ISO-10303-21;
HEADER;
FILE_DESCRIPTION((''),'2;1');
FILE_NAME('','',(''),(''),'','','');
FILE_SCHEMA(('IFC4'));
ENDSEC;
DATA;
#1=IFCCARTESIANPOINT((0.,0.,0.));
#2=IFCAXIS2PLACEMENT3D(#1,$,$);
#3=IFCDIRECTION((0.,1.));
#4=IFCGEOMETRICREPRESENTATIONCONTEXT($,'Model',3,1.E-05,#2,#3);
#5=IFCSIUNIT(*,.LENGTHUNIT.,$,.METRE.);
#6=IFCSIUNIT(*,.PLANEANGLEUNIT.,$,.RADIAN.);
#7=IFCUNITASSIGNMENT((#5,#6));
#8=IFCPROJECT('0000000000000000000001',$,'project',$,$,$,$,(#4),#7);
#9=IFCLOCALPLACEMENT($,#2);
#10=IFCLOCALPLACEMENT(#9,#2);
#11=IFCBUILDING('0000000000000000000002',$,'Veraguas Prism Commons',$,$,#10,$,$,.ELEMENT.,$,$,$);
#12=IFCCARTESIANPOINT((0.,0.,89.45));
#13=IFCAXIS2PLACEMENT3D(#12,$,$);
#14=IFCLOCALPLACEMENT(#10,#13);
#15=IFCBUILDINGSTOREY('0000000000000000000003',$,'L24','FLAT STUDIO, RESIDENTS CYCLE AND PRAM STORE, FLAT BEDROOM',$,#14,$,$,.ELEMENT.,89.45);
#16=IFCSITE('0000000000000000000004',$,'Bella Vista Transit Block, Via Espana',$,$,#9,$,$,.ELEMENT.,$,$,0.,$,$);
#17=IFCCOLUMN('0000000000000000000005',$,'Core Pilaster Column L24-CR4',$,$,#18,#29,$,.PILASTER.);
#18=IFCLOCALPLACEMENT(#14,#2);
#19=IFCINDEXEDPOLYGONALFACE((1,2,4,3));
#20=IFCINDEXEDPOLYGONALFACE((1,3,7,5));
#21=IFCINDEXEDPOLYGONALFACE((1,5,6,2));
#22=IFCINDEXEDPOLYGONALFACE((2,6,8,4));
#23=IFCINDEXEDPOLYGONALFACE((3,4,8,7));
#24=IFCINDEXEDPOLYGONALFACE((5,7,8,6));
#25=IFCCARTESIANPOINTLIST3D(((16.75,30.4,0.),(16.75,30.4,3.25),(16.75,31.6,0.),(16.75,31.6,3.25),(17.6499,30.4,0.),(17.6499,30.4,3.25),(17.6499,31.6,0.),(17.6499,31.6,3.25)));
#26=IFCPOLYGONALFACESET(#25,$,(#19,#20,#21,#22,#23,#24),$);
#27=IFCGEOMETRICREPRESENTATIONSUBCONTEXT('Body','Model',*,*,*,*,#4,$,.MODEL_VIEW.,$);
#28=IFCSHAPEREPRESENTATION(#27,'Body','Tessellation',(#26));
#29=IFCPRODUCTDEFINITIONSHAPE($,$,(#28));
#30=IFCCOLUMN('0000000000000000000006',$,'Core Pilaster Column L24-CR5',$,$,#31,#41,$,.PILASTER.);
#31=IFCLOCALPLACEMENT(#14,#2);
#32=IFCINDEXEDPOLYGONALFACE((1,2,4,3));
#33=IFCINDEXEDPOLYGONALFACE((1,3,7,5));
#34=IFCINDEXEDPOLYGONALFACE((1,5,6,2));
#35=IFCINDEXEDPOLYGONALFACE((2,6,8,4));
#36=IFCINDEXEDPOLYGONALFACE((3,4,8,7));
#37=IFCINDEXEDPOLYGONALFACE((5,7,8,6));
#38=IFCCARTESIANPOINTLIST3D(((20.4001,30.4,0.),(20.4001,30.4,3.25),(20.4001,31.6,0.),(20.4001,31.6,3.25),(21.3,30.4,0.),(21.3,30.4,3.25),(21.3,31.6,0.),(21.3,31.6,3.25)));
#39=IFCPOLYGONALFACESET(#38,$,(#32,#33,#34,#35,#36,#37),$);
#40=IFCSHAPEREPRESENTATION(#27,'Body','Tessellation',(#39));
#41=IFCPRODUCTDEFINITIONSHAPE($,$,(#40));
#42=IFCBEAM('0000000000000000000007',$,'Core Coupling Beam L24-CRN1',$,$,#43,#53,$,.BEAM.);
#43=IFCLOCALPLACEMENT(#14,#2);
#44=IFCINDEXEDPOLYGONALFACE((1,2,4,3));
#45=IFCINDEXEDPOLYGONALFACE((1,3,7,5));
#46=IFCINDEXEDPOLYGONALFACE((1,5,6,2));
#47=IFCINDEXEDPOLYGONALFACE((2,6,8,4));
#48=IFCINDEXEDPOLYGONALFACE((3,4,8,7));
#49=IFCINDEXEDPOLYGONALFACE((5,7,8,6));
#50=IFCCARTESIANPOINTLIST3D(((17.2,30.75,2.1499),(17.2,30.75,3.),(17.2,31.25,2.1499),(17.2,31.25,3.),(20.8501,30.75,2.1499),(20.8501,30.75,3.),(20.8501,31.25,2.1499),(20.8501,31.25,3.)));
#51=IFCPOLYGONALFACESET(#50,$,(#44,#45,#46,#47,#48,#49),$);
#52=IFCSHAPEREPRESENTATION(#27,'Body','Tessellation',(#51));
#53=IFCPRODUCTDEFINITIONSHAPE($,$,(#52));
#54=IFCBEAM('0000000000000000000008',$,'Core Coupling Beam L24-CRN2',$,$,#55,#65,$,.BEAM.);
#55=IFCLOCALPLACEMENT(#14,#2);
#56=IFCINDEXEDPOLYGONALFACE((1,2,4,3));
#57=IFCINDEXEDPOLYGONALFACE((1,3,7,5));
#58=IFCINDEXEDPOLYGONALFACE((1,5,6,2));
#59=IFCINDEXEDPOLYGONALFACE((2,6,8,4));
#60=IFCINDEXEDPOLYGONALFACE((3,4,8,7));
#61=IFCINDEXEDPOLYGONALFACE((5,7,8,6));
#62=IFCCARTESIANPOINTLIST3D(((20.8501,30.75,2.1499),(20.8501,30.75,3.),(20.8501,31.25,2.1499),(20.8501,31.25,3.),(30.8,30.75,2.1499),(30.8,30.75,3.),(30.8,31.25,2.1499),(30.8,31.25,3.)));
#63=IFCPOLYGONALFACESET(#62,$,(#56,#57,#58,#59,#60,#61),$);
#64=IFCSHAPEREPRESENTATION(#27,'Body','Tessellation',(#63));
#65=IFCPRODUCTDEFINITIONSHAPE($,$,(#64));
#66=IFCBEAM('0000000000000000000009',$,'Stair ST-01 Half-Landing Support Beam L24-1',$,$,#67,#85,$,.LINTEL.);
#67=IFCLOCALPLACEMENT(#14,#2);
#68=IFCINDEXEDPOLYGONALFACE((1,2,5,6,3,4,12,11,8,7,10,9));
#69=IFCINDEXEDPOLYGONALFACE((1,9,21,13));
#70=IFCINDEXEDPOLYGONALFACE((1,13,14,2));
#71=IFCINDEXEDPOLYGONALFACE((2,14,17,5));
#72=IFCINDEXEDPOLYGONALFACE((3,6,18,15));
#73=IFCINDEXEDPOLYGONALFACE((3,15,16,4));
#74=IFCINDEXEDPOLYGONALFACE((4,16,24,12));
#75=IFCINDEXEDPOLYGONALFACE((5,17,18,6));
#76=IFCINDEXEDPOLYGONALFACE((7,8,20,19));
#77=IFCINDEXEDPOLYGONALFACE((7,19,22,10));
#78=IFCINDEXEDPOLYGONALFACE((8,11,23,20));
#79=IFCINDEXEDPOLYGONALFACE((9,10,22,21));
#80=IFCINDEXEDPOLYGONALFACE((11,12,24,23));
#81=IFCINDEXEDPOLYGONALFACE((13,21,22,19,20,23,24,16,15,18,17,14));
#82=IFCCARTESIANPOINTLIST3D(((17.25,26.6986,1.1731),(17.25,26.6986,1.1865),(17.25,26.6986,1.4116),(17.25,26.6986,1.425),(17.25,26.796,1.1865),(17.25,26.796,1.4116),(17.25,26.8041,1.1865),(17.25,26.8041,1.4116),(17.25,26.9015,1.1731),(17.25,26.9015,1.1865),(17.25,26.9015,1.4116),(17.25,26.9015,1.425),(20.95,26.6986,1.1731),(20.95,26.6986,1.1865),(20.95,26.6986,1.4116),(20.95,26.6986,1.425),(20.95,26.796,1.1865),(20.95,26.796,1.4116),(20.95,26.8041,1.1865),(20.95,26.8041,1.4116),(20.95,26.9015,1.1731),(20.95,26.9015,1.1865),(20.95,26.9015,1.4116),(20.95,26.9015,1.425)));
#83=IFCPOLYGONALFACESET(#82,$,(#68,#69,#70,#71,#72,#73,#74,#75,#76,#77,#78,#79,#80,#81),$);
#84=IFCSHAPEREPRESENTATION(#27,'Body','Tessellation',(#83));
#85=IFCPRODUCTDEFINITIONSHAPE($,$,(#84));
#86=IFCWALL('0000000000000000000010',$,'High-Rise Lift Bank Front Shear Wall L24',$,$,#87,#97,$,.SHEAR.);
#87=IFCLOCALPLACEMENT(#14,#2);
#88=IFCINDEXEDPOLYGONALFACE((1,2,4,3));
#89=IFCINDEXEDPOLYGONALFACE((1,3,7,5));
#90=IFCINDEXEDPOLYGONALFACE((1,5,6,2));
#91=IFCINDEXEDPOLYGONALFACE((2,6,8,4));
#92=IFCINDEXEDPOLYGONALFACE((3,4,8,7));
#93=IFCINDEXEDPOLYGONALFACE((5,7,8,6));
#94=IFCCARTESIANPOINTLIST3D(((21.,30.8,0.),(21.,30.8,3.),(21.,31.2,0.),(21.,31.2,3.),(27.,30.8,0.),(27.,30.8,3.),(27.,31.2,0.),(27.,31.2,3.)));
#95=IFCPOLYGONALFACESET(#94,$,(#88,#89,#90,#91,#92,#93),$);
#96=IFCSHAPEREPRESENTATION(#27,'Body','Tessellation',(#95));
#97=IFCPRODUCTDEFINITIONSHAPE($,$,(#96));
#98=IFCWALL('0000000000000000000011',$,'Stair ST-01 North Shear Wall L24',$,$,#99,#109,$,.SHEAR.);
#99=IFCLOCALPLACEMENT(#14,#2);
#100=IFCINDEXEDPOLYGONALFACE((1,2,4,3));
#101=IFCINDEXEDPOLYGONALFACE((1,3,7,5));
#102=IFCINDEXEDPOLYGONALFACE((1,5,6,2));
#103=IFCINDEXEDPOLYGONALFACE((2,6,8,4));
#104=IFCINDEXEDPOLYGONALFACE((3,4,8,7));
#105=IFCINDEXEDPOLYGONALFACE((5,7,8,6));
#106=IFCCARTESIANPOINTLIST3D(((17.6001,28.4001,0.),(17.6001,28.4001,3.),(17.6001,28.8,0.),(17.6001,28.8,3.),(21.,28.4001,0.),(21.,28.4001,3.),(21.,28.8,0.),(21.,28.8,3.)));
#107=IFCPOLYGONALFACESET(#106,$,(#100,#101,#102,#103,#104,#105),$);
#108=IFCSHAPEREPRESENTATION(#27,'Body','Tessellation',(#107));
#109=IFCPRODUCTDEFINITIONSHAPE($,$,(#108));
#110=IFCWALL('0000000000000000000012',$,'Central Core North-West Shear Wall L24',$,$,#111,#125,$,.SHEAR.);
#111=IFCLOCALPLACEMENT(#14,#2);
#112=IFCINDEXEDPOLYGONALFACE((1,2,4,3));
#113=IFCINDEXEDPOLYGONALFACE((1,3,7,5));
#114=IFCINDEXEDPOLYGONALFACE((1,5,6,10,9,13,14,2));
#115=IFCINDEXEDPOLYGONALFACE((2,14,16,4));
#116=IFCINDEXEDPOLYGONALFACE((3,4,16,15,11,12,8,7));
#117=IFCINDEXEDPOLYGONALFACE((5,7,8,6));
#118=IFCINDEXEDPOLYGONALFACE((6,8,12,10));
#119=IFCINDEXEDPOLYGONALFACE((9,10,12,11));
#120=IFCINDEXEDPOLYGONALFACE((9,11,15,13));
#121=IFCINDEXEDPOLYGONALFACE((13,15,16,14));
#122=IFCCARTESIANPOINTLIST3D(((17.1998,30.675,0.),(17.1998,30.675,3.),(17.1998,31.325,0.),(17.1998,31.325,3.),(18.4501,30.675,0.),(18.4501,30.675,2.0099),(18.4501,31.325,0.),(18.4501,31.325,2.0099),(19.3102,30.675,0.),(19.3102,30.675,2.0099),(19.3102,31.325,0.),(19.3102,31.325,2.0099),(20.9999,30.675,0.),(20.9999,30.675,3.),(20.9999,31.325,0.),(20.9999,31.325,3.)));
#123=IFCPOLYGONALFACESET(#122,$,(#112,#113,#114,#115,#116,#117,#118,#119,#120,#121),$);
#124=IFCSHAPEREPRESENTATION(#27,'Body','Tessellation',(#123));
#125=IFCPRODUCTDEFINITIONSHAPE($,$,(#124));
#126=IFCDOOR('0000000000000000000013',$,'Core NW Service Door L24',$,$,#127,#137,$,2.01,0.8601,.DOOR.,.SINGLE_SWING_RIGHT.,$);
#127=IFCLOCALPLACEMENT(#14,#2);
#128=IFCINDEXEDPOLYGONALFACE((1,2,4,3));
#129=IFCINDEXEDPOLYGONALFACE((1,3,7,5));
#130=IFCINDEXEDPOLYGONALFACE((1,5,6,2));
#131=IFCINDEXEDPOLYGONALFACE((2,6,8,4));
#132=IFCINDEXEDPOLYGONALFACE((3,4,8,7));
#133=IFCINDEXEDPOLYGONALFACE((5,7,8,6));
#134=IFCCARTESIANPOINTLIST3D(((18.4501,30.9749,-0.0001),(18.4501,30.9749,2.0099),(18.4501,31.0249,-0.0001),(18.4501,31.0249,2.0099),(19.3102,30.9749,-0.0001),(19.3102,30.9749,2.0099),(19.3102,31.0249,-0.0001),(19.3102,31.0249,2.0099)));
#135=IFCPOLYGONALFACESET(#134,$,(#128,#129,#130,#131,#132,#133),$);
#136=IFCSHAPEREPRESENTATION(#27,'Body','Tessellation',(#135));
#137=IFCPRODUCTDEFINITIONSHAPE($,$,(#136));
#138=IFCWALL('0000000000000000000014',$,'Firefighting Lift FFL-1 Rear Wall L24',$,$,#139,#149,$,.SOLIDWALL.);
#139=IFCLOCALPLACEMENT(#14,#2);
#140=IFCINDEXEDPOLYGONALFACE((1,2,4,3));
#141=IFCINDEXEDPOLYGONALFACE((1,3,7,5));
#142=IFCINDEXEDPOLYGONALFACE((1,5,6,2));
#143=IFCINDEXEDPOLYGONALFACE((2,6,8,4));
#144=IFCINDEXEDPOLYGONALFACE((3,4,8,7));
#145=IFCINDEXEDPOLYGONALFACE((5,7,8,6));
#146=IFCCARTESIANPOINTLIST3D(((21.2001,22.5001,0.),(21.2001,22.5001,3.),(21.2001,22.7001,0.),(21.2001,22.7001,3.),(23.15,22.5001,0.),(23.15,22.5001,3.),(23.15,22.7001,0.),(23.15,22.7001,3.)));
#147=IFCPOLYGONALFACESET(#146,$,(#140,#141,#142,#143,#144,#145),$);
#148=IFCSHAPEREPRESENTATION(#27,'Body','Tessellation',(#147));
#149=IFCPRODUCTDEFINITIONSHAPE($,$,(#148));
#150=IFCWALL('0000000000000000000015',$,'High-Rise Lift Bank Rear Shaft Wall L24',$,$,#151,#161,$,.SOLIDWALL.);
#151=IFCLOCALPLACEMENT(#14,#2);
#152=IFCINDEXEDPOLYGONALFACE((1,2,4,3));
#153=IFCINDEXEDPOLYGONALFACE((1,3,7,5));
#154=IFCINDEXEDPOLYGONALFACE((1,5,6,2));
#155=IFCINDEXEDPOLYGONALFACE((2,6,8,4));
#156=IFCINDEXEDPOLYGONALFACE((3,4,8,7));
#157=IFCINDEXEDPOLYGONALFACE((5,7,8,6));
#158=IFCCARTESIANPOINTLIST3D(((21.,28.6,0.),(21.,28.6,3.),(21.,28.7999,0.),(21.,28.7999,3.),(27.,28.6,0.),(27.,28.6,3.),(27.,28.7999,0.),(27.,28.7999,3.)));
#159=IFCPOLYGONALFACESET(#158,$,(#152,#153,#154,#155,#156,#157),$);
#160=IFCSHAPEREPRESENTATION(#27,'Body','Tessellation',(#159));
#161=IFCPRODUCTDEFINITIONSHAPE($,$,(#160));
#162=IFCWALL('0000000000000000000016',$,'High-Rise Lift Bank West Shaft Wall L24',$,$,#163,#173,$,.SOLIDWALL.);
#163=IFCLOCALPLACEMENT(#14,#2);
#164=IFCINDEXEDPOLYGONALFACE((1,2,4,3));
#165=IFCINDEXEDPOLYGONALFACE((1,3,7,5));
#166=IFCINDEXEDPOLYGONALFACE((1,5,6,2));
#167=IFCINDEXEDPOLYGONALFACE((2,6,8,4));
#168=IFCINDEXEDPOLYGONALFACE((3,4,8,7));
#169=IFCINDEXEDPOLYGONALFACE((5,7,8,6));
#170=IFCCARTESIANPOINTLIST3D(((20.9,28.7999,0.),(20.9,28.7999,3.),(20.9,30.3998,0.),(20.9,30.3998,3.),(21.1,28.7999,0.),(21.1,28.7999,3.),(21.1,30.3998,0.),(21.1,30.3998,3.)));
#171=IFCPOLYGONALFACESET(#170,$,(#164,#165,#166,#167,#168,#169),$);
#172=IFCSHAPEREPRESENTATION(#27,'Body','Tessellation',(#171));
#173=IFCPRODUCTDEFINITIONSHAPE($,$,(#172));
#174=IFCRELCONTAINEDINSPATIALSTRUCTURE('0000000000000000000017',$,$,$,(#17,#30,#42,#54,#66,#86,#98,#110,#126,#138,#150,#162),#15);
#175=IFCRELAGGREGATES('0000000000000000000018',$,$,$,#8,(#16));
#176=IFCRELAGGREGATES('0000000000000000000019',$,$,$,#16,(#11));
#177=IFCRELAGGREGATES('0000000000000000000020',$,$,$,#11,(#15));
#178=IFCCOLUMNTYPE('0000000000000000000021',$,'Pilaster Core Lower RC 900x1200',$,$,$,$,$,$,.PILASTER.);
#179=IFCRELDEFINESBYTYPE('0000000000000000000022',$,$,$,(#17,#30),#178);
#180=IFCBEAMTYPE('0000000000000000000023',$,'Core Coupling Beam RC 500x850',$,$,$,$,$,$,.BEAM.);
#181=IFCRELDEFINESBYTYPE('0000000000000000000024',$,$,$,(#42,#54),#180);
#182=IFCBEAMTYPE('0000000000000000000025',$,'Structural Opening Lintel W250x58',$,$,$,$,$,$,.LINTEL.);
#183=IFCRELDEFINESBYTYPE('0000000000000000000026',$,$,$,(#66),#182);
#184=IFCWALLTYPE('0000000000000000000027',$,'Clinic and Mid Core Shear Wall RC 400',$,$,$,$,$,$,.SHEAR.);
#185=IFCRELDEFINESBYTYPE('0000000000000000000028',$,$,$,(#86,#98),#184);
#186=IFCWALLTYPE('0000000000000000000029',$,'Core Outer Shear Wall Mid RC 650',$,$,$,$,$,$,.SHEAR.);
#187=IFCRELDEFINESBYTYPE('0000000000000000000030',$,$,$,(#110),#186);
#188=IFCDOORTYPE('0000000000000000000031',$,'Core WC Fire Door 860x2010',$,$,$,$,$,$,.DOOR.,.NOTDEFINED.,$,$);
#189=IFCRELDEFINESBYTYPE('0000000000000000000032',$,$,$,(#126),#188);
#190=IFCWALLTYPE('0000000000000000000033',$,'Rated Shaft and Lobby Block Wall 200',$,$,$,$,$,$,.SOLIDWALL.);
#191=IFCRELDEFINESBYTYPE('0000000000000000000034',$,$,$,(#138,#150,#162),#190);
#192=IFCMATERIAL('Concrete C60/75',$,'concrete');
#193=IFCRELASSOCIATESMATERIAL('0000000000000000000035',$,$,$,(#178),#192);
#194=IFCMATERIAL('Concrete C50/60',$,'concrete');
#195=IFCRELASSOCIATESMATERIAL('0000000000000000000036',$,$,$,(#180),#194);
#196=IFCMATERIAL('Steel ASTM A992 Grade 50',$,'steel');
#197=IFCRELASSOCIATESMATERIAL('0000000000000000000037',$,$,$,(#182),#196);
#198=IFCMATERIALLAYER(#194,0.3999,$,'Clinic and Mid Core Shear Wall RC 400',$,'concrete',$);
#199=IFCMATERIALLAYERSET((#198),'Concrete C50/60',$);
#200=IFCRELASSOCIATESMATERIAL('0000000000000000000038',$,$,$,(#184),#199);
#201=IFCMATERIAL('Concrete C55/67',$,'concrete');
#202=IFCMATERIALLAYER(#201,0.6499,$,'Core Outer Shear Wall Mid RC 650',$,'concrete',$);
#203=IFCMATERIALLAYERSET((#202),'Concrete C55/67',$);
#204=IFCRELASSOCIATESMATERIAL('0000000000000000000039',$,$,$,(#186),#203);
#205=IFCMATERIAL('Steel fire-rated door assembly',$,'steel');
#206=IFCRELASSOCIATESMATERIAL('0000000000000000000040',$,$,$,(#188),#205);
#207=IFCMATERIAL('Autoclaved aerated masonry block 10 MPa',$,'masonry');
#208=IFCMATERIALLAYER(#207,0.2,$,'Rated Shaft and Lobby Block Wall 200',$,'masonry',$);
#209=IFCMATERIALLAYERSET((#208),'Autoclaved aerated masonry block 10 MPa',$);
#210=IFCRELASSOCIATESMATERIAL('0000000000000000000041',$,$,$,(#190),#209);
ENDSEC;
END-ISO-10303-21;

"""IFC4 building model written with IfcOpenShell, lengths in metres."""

from ifc_helpers import new_model, si_unit, direction, frame, frame_2d, origin, origin_2d, place, context, subcontext, project, spatial, rectangle, i_section, extrude, source, transform, mapped, material, layer, layer_set, material_profile, profile_set, type_object, element, fill, save


model = new_model("IFC4")

# Units and contexts
model_context = context("Model", 3, precision=1e-05, world=origin(), true_north=direction((0.0, 1.0)))
body_context = subcontext(model_context, "Body", "Model", "MODEL_VIEW")
ifc_project = project(units=[si_unit("LENGTHUNIT", "METRE"), si_unit("PLANEANGLEUNIT", "RADIAN")], contexts=[model_context])

# Site, building, storey
site_placement = place(None, origin())
site = spatial("IfcSite", under=ifc_project, at=site_placement, Name="Bella Vista Transit Block, Via Espana", CompositionType="ELEMENT", RefElevation=0.0)
building_placement = place(site_placement, origin())
building = spatial("IfcBuilding", under=site, at=building_placement, Name="Veraguas Prism Commons", CompositionType="ELEMENT")
storey_placement = place(building_placement, frame((0.0, 0.0, 89.45)))
storey = spatial("IfcBuildingStorey", under=building, at=storey_placement, Name="L24", Description="FLAT STUDIO, RESIDENTS CYCLE AND PRAM STORE, FLAT BEDROOM", CompositionType="ELEMENT", Elevation=89.45)

# Columns
ifc_material_1 = material(Name="Concrete C60/75", Category="concrete")
ifc_material_profile_1 = material_profile(ifc_material_1, rectangle(XDim=0.8999, YDim=1.2, at=origin_2d()), Name="RC900X1200")
ifc_profile_set_1 = profile_set([ifc_material_profile_1], Name="Concrete C60/75")
column_type = type_object("IfcColumnType", Name="Pilaster Core Lower RC 900x1200", PredefinedType="PILASTER", material=ifc_profile_set_1)
for number, where, z_axis, x_axis, name in (
    (1, (17.2, 31.0, 0.0), (0.0, 0.0, 1.0), (1.0, 0.0, 0.0), "Core Pilaster Column L24-CR4"),
    (2, (20.8501, 31.0, 0.0), (0.0, 0.0, 1.0), (1.0, 0.0, 0.0), "Core Pilaster Column L24-CR5"),
):
    element("IfcColumn", number, at=place(storey_placement, frame(where, z_axis=z_axis, x_axis=x_axis)), inside=storey, type_object=column_type, Name=name, PredefinedType="PILASTER", context=body_context, shape_type="SweptSolid", body=[
        extrude(rectangle(XDim=0.8999, YDim=1.2, at=origin_2d()), origin(), (0.0, 0.0, 1.0), 3.25),
    ])

# Beams
ifc_material_2 = material(Name="Concrete C50/60", Category="concrete")
ifc_material_profile_2 = material_profile(ifc_material_2, rectangle(XDim=0.5, YDim=0.8501, at=origin_2d()), Name="RC500X850")
ifc_profile_set_2 = profile_set([ifc_material_profile_2], Name="Concrete C50/60")
beam_type_1 = type_object("IfcBeamType", Name="Core Coupling Beam RC 500x850", PredefinedType="BEAM", material=ifc_profile_set_2)
beam_1_placement = place(storey_placement, frame((17.2, 31.0, 2.575), z_axis=(1.0, 0.0, 0.0), x_axis=(0.0, 1.0, 0.0)))
element("IfcBeam", 3, at=beam_1_placement, inside=storey, type_object=beam_type_1, Name="Core Coupling Beam L24-CRN1", PredefinedType="BEAM", context=body_context, shape_type="SweptSolid", body=[
    extrude(rectangle(XDim=0.5, YDim=0.8501, at=origin_2d()), origin(), (0.0, 0.0, 1.0), 3.6501),
])
beam_2_placement = place(storey_placement, frame((20.8501, 31.0, 2.575), z_axis=(1.0, 0.0, 0.0), x_axis=(0.0, 1.0, 0.0)))
element("IfcBeam", 4, at=beam_2_placement, inside=storey, type_object=beam_type_1, Name="Core Coupling Beam L24-CRN2", PredefinedType="BEAM", context=body_context, shape_type="SweptSolid", body=[
    extrude(rectangle(XDim=0.5, YDim=0.8501, at=origin_2d()), origin(), (0.0, 0.0, 1.0), 9.95),
])
ifc_material_3 = material(Name="Steel ASTM A992 Grade 50", Category="steel")
ifc_material_profile_3 = material_profile(ifc_material_3, i_section(OverallWidth=0.2029, OverallDepth=0.252, WebThickness=0.0081, FlangeThickness=0.0134, at=origin_2d()), Name="W250X58")
ifc_profile_set_3 = profile_set([ifc_material_profile_3], Name="Steel ASTM A992 Grade 50")
beam_type_2 = type_object("IfcBeamType", Name="Structural Opening Lintel W250x58", PredefinedType="LINTEL", material=ifc_profile_set_3)
beam_3_placement = place(storey_placement, frame((17.25, 26.8, 1.2991), z_axis=(1.0, 0.0, 0.0), x_axis=(0.0, 1.0, 0.0)))
element("IfcBeam", 5, at=beam_3_placement, inside=storey, type_object=beam_type_2, Name="Stair ST-01 Half-Landing Support Beam L24-1", PredefinedType="LINTEL", context=body_context, shape_type="SweptSolid", body=[
    extrude(i_section(OverallWidth=0.2029, OverallDepth=0.252, WebThickness=0.0081, FlangeThickness=0.0134, at=origin_2d()), origin(), (0.0, 0.0, 1.0), 3.7),
])

# Walls
ifc_layer_1 = layer(ifc_material_2, 0.3999, Name="Clinic and Mid Core Shear Wall RC 400", Category="concrete")
ifc_layer_set_1 = layer_set([ifc_layer_1], Name="Concrete C50/60")
wall_type_1 = type_object("IfcWallType", Name="Clinic and Mid Core Shear Wall RC 400", PredefinedType="SHEAR", material=ifc_layer_set_1)
wall_1_placement = place(storey_placement, frame((21.0, 31.0, 0.0), z_axis=(0.0, 0.0, 1.0), x_axis=(1.0, 0.0, 0.0)))
element("IfcWall", 6, at=wall_1_placement, inside=storey, type_object=wall_type_1, Name="High-Rise Lift Bank Front Shear Wall L24", PredefinedType="SHEAR", context=body_context, shape_type="SweptSolid", body=[
    extrude(rectangle(XDim=6.0, YDim=0.3999, at=frame_2d((3.0, 0.0))), origin(), (0.0, 0.0, 1.0), 3.0),
])
wall_2_placement = place(storey_placement, frame((17.6001, 28.6001, 0.0), z_axis=(0.0, 0.0, 1.0), x_axis=(1.0, 0.0, 0.0)))
element("IfcWall", 7, at=wall_2_placement, inside=storey, type_object=wall_type_1, Name="Stair ST-01 North Shear Wall L24", PredefinedType="SHEAR", context=body_context, shape_type="SweptSolid", body=[
    extrude(rectangle(XDim=3.3999, YDim=0.3999, at=frame_2d((1.7, 0.0))), origin(), (0.0, 0.0, 1.0), 3.0),
])

# Wall, opening, door
ifc_material_4 = material(Name="Concrete C55/67", Category="concrete")
ifc_layer_2 = layer(ifc_material_4, 0.6499, Name="Core Outer Shear Wall Mid RC 650", Category="concrete")
ifc_layer_set_2 = layer_set([ifc_layer_2], Name="Concrete C55/67")
wall_type_2 = type_object("IfcWallType", Name="Core Outer Shear Wall Mid RC 650", PredefinedType="SHEAR", material=ifc_layer_set_2)
wall_3_placement = place(storey_placement, frame((17.2, 31.0, 0.0), z_axis=(0.0, 0.0, 1.0), x_axis=(1.0, 0.0, 0.0)))
wall_3 = element("IfcWall", 8, at=wall_3_placement, inside=storey, type_object=wall_type_2, Name="Central Core North-West Shear Wall L24", PredefinedType="SHEAR", context=body_context, shape_type="SweptSolid", body=[
    extrude(rectangle(XDim=3.8, YDim=0.6499, at=frame_2d((1.8999, 0.0))), origin(), (0.0, 0.0, 1.0), 3.0),
])
opening_placement = place(wall_3_placement, frame((1.25, 0.0, 0.0)))
opening = element("IfcOpeningElement", 9, at=opening_placement, cuts=wall_3, PredefinedType="OPENING", context=body_context, shape_type="SweptSolid", body=[
    extrude(rectangle(XDim=0.8601, YDim=2.01, at=frame_2d((0.4302, 1.0049))), frame((0.0, 0.335, 0.0), z_axis=(0.0, -1.0, 0.0), x_axis=(1.0, 0.0, 0.0)), (0.0, 0.0, 1.0), 0.6699),
])
ifc_material_5 = material(Name="Steel fire-rated door assembly", Category="steel")
door_type = type_object("IfcDoorType", Name="Core WC Fire Door 860x2010", OperationType="NOTDEFINED", PredefinedType="DOOR", material=ifc_material_5)
shared_shape = source(origin(), body_context, "Body", "SweptSolid", [
    extrude(rectangle(XDim=0.8601, YDim=2.01, at=frame_2d((0.4302, 1.0049))), frame((0.0, 0.0249, 0.0), z_axis=(0.0, -1.0, 0.0), x_axis=(1.0, 0.0, 0.0)), (0.0, 0.0, 1.0), 0.05),
])
door_placement = place(opening_placement, origin())
door = element("IfcDoor", 10, at=door_placement, inside=storey, type_object=door_type, Name="Core NW Service Door L24", OperationType="SINGLE_SWING_RIGHT", OverallHeight=2.01, OverallWidth=0.8601, PredefinedType="DOOR", context=body_context, shape_type="MappedRepresentation", body=[
    mapped(shared_shape, transform((0.0, 0.0, 0.0), scale=1.0)),
])
fill(opening, door)

# Walls
ifc_material_6 = material(Name="Autoclaved aerated masonry block 10 MPa", Category="masonry")
ifc_layer_3 = layer(ifc_material_6, 0.2, Name="Rated Shaft and Lobby Block Wall 200", Category="masonry")
ifc_layer_set_3 = layer_set([ifc_layer_3], Name="Autoclaved aerated masonry block 10 MPa")
wall_type_3 = type_object("IfcWallType", Name="Rated Shaft and Lobby Block Wall 200", PredefinedType="SOLIDWALL", material=ifc_layer_set_3)
wall_4_placement = place(storey_placement, frame((21.2, 22.6001, 0.0), z_axis=(0.0, 0.0, 1.0), x_axis=(1.0, 0.0, 0.0)))
element("IfcWall", 11, at=wall_4_placement, inside=storey, type_object=wall_type_3, Name="Firefighting Lift FFL-1 Rear Wall L24", PredefinedType="SOLIDWALL", context=body_context, shape_type="SweptSolid", body=[
    extrude(rectangle(XDim=1.95, YDim=0.2, at=frame_2d((0.9751, 0.0))), origin(), (0.0, 0.0, 1.0), 3.0),
])
wall_5_placement = place(storey_placement, frame((21.0, 28.7, 0.0), z_axis=(0.0, 0.0, 1.0), x_axis=(1.0, 0.0, 0.0)))
element("IfcWall", 12, at=wall_5_placement, inside=storey, type_object=wall_type_3, Name="High-Rise Lift Bank Rear Shaft Wall L24", PredefinedType="SOLIDWALL", context=body_context, shape_type="SweptSolid", body=[
    extrude(rectangle(XDim=6.0, YDim=0.2, at=frame_2d((3.0, 0.0))), origin(), (0.0, 0.0, 1.0), 3.0),
])
wall_6_placement = place(storey_placement, frame((21.0, 28.8, 0.0), z_axis=(0.0, 0.0, 1.0), x_axis=(0.0, 1.0, 0.0)))
element("IfcWall", 13, at=wall_6_placement, inside=storey, type_object=wall_type_3, Name="High-Rise Lift Bank West Shaft Wall L24", PredefinedType="SOLIDWALL", context=body_context, shape_type="SweptSolid", body=[
    extrude(rectangle(XDim=1.5999, YDim=0.2, at=frame_2d((0.7998, 0.0))), origin(), (0.0, 0.0, 1.0), 3.0),
])

save(model, "model.ifc")
